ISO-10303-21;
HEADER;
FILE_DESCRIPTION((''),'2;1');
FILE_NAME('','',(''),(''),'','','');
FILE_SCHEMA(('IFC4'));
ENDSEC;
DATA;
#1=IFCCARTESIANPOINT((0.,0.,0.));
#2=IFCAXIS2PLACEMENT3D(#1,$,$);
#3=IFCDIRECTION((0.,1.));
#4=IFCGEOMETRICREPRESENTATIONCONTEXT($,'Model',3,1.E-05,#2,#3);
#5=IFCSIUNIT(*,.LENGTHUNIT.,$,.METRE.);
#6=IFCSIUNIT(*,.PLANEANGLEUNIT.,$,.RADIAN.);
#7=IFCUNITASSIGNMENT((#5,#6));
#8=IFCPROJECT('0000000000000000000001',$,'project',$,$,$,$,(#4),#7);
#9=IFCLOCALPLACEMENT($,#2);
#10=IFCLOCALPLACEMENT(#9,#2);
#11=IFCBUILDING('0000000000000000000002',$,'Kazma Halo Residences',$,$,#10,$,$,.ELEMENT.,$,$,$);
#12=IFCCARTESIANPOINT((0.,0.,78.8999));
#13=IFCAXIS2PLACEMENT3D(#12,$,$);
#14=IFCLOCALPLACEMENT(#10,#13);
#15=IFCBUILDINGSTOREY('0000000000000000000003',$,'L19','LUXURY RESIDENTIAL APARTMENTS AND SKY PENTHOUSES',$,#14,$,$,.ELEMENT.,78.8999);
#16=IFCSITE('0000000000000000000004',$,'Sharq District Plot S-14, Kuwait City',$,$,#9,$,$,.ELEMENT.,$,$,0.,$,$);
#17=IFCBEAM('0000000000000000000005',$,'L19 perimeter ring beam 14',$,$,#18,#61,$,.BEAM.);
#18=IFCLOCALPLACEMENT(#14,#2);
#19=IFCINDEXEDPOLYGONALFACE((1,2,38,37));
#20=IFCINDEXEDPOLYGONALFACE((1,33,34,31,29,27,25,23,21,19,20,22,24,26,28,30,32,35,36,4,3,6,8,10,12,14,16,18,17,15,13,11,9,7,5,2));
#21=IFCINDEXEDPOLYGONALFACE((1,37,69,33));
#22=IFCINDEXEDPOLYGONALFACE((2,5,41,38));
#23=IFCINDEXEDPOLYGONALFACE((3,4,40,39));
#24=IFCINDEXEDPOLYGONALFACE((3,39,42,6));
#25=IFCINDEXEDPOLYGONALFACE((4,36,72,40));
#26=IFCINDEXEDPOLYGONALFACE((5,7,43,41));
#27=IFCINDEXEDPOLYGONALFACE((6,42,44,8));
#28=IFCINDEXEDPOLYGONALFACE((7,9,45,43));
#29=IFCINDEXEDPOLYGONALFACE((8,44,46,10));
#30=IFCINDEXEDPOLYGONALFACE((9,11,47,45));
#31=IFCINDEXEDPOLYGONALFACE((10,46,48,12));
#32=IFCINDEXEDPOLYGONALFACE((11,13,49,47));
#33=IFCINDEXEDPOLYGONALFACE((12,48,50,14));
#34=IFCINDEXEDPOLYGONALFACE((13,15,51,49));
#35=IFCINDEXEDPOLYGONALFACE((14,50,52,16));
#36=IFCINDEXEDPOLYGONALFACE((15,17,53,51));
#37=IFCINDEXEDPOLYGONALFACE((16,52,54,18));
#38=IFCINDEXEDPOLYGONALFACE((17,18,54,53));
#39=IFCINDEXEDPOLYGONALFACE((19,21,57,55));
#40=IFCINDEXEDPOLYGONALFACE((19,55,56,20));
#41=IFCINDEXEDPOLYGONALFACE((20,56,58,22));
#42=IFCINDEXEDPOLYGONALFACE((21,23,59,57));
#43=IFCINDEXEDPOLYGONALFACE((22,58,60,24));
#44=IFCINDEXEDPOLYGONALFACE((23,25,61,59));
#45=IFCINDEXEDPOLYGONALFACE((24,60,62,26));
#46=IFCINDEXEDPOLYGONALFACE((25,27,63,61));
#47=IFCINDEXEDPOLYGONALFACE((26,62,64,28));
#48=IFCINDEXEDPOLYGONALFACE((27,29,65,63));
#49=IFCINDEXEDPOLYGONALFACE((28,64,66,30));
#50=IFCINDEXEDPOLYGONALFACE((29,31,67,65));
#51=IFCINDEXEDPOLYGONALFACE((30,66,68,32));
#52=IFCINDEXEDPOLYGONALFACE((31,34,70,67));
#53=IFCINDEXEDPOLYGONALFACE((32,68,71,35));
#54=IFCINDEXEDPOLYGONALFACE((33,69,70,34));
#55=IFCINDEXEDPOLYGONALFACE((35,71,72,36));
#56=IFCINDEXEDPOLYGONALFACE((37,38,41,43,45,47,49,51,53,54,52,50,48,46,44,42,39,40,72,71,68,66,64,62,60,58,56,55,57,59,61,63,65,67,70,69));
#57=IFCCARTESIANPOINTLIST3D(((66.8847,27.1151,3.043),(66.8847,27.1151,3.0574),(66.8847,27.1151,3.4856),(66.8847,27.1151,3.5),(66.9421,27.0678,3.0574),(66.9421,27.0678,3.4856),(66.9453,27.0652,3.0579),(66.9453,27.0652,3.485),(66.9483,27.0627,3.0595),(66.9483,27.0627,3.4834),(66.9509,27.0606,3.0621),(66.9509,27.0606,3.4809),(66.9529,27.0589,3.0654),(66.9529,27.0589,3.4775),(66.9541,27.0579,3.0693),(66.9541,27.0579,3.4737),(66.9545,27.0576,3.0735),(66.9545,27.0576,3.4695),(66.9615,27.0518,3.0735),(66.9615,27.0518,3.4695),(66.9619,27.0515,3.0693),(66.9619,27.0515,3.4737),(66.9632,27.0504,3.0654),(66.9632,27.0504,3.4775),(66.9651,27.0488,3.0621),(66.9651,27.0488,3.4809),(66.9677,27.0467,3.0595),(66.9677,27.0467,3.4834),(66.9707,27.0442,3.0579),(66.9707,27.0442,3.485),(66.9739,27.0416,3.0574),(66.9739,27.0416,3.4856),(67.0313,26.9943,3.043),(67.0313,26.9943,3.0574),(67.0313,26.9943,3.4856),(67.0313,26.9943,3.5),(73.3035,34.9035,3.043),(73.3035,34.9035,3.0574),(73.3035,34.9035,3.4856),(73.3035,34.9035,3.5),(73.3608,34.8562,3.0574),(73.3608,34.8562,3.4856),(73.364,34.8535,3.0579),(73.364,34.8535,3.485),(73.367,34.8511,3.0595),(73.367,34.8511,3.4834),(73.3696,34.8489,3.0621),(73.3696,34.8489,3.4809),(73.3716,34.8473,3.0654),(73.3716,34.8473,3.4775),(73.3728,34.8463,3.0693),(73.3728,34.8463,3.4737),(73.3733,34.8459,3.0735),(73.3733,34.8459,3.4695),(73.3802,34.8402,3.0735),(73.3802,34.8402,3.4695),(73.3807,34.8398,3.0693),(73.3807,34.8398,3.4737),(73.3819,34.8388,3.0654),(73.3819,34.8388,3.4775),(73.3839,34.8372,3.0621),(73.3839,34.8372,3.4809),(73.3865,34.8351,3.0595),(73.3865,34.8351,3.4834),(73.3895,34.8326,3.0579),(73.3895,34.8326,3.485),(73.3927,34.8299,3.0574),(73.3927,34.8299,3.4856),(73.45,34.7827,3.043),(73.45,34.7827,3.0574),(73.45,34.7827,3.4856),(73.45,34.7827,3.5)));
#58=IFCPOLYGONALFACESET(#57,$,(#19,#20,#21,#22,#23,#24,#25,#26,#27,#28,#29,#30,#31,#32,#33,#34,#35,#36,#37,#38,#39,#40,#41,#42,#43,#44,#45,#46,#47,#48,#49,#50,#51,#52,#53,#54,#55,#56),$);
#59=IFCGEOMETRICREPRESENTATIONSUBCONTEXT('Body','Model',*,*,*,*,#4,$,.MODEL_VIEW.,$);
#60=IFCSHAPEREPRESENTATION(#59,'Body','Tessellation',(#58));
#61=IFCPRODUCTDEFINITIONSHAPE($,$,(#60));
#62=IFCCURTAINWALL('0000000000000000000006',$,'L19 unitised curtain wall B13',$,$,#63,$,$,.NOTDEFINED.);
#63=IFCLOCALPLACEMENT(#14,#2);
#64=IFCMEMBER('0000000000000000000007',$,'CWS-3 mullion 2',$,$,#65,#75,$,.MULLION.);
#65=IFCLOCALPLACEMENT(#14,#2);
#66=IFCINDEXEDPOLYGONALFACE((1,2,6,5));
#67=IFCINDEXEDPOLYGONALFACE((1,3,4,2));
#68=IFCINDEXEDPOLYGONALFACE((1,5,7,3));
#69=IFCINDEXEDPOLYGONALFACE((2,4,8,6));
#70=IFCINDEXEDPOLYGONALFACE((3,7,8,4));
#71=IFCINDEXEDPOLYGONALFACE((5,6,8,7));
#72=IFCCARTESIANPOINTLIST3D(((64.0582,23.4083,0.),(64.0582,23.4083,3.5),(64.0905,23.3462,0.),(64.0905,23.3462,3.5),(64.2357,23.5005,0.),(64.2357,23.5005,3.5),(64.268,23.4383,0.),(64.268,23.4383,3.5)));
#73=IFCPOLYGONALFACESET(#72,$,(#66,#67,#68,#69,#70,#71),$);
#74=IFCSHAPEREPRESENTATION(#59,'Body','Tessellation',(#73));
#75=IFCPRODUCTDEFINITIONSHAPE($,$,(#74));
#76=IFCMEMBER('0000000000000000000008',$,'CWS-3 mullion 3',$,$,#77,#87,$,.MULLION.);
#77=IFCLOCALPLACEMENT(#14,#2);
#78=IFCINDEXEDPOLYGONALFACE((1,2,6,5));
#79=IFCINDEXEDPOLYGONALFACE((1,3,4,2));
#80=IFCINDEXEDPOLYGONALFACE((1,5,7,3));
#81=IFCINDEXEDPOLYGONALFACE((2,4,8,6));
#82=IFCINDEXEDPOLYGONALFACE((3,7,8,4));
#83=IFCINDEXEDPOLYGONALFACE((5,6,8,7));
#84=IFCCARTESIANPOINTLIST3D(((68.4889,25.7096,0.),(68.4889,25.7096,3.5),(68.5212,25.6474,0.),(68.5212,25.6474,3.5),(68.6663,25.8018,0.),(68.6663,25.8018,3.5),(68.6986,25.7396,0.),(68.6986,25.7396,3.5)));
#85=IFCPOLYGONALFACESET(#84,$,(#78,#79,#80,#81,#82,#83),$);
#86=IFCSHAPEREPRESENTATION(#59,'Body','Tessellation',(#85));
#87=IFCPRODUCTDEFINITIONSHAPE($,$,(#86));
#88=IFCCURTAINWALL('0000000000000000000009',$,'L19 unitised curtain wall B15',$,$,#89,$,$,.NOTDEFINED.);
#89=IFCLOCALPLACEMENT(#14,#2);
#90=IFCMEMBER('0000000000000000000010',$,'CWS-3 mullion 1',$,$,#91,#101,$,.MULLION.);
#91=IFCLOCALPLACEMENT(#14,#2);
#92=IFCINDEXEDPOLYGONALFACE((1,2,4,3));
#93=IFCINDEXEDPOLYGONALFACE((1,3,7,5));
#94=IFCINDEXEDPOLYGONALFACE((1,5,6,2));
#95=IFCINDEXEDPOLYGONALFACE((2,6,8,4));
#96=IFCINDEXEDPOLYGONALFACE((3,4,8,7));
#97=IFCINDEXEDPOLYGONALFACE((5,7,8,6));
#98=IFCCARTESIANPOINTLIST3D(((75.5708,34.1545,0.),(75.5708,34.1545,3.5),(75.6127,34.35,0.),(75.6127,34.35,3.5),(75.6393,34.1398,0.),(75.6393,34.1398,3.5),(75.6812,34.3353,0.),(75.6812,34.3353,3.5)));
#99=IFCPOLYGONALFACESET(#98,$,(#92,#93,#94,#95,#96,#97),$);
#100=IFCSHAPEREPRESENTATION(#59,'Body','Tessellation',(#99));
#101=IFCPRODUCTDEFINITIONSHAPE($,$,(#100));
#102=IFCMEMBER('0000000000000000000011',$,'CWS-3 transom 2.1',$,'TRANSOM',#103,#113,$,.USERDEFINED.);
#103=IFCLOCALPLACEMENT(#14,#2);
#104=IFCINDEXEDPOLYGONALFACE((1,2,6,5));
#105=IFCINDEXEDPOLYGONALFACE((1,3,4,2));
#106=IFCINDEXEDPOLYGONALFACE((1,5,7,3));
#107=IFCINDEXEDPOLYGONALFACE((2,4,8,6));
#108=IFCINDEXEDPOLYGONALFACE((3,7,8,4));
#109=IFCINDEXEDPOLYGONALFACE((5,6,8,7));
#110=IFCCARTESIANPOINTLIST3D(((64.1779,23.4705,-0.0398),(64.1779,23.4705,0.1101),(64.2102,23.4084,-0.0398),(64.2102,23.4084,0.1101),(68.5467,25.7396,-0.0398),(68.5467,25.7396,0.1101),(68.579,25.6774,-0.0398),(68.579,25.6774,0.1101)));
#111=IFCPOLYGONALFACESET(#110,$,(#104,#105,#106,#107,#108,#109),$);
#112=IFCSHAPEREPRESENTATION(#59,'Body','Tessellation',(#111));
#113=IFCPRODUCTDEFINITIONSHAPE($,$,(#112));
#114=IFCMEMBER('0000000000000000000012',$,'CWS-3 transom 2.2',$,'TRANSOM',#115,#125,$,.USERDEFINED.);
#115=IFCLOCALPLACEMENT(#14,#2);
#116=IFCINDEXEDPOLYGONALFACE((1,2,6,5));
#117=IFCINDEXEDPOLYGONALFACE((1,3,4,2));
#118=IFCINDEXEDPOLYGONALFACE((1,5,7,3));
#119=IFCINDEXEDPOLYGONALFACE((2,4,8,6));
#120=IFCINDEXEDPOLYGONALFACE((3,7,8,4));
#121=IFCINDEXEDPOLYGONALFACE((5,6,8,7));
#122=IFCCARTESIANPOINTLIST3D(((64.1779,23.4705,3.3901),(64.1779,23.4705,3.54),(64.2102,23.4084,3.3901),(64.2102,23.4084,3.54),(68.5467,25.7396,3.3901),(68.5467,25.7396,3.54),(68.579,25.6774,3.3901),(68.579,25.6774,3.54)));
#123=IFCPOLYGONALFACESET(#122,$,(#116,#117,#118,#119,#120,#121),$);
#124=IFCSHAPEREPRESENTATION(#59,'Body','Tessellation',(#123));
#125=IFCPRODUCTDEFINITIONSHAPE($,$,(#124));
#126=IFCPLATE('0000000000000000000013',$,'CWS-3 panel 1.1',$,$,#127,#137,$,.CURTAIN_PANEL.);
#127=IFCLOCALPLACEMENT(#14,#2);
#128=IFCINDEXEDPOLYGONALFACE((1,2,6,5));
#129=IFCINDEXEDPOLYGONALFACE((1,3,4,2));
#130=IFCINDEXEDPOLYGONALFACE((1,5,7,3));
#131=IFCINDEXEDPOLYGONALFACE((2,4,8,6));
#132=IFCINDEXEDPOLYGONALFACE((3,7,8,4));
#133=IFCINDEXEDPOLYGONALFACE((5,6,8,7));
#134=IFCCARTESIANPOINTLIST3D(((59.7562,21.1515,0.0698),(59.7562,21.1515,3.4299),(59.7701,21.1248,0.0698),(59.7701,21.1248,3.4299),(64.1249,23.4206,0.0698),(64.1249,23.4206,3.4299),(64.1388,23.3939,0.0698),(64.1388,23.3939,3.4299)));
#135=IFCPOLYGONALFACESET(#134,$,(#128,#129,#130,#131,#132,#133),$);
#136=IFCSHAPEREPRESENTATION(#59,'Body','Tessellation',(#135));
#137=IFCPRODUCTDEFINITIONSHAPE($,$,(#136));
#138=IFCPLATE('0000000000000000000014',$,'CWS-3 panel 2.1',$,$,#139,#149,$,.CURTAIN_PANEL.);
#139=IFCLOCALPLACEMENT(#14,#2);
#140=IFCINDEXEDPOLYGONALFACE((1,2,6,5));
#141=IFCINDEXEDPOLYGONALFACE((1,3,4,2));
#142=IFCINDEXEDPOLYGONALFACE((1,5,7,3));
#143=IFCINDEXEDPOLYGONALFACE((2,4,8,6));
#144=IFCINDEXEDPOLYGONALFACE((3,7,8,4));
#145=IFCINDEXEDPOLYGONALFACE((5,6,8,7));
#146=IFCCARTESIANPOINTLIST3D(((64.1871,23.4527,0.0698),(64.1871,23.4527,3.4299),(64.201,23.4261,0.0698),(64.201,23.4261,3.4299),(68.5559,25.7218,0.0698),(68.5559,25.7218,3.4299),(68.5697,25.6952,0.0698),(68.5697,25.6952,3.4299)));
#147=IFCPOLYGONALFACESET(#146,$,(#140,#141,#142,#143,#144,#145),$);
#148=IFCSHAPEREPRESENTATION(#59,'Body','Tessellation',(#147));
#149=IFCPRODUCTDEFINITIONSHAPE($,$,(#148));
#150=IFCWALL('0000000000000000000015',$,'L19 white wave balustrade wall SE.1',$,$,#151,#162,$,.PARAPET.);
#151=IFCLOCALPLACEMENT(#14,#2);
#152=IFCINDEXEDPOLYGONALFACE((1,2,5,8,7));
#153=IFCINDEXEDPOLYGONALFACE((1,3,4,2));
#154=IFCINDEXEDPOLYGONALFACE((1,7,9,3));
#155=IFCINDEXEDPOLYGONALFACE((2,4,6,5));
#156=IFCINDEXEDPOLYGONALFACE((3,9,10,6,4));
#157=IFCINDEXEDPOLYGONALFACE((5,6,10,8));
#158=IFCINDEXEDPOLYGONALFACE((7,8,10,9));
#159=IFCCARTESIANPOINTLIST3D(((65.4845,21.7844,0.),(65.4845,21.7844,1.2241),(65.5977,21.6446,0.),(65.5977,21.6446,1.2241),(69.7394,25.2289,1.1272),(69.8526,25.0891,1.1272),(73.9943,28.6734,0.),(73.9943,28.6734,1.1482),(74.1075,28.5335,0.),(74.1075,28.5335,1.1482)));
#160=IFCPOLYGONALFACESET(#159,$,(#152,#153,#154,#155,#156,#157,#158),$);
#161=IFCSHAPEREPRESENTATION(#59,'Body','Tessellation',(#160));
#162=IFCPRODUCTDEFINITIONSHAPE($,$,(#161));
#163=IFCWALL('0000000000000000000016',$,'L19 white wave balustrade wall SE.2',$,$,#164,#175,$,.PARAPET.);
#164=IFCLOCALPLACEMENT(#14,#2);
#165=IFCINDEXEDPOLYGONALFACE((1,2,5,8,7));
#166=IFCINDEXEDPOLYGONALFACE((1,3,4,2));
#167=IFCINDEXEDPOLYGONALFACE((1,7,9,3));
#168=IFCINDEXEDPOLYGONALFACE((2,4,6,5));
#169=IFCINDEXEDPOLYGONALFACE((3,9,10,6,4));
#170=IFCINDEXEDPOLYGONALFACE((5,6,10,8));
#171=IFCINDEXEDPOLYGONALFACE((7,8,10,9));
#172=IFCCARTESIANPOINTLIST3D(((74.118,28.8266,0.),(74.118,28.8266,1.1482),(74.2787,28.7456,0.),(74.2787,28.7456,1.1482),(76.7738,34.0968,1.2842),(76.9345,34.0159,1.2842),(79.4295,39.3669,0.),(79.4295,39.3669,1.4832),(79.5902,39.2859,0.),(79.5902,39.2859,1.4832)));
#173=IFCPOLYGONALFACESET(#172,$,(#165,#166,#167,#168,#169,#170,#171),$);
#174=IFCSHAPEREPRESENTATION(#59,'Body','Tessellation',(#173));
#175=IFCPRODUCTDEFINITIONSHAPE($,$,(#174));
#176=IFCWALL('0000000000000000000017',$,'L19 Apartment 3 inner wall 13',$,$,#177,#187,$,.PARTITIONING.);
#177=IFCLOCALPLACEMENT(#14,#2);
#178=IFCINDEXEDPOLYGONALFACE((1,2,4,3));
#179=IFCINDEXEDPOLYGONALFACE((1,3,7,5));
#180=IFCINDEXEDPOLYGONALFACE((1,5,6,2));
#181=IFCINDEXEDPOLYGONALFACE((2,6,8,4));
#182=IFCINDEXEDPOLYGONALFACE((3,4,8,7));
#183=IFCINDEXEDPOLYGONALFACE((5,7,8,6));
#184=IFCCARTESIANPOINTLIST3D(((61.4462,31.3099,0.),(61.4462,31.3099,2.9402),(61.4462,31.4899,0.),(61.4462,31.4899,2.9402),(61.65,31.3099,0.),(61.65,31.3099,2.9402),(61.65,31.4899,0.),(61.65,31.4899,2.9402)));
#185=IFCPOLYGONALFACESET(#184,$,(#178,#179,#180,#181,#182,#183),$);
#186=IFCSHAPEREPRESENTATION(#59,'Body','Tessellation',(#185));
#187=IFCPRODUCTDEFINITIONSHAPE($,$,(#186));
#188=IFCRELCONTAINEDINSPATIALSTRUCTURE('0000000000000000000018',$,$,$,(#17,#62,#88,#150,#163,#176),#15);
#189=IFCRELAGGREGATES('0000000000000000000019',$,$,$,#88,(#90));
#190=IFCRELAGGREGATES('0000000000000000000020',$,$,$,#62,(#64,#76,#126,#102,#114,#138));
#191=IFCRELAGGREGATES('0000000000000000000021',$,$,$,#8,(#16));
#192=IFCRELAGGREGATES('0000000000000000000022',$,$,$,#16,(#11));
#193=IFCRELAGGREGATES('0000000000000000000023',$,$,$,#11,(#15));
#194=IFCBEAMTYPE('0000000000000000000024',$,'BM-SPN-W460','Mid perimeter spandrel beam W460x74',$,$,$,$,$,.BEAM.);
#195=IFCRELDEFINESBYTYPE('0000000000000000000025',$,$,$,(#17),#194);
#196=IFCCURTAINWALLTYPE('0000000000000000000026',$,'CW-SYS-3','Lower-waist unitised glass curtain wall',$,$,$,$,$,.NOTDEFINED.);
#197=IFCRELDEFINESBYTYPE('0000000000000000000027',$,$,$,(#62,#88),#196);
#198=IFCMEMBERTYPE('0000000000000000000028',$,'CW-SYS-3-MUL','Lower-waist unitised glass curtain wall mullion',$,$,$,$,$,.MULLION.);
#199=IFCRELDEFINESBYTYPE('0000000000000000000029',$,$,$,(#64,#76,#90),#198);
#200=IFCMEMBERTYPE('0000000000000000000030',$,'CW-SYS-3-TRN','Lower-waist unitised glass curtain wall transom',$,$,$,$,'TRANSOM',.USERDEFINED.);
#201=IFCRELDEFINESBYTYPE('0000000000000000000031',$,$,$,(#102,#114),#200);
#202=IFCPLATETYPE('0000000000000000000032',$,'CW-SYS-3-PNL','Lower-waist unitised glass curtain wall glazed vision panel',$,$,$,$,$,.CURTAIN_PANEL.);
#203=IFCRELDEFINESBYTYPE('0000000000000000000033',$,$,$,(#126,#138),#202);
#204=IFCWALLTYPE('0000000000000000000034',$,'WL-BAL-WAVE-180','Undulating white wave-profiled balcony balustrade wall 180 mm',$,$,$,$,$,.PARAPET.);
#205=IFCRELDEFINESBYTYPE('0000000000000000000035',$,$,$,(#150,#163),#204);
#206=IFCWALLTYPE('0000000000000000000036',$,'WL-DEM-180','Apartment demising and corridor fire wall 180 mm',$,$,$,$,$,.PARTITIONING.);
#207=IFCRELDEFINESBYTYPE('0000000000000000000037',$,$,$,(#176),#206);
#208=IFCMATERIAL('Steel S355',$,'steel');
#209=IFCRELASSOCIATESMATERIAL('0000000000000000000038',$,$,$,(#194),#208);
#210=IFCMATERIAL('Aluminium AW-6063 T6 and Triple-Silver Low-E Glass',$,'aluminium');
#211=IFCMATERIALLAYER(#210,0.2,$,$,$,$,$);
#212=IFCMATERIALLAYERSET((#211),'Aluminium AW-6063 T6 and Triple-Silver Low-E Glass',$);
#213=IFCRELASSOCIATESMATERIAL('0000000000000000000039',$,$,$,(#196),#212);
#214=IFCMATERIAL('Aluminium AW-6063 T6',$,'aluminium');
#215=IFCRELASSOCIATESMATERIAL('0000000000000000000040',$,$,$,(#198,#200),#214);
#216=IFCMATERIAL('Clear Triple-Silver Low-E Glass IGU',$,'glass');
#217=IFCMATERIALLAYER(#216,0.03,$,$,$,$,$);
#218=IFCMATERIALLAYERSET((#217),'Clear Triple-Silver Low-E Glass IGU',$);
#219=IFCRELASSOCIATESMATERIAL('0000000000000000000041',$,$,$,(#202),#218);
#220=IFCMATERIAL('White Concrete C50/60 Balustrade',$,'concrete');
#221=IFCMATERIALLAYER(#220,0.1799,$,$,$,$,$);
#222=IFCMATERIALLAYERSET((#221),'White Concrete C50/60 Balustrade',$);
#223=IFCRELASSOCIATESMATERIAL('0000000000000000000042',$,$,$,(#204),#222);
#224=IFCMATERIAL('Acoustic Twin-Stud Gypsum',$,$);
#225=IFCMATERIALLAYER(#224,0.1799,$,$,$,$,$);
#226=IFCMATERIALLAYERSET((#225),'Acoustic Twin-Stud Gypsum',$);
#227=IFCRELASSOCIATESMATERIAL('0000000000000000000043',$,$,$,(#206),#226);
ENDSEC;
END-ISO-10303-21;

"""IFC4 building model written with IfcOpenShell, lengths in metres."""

from ifc_helpers import new_model, si_unit, direction, frame, frame_2d, origin, origin_2d, place, context, subcontext, project, spatial, polyline, rectangle, i_section, outline, extrude, material, layer, layer_set, material_profile, profile_set, type_object, element, aggregate, save


model = new_model("IFC4")

# Units and contexts
model_context = context("Model", 3, precision=1e-05, world=origin(), true_north=direction((0.0, 1.0)))
body_context = subcontext(model_context, "Body", "Model", "MODEL_VIEW")
ifc_project = project(units=[si_unit("LENGTHUNIT", "METRE"), si_unit("PLANEANGLEUNIT", "RADIAN")], contexts=[model_context])

# Site, building, storey
site_placement = place(None, origin())
site = spatial("IfcSite", under=ifc_project, at=site_placement, Name="Sharq District Plot S-14, Kuwait City", CompositionType="ELEMENT", RefElevation=0.0)
building_placement = place(site_placement, origin())
building = spatial("IfcBuilding", under=site, at=building_placement, Name="Kazma Halo Residences", CompositionType="ELEMENT")
storey_placement = place(building_placement, frame((0.0, 0.0, 78.8999)))
storey = spatial("IfcBuildingStorey", under=building, at=storey_placement, Name="L19", Description="LUXURY RESIDENTIAL APARTMENTS AND SKY PENTHOUSES", CompositionType="ELEMENT", Elevation=78.8999)

# Beam
ifc_material_1 = material(Name="Steel S355", Category="steel")
ifc_material_profile_1 = material_profile(ifc_material_1, i_section(OverallWidth=0.1899, OverallDepth=0.457, WebThickness=0.009, FlangeThickness=0.0144, FilletRadius=0.0161, at=origin_2d()), Name="W460x74")
ifc_profile_set_1 = profile_set([ifc_material_profile_1], Name="Steel S355")
beam_type_1 = type_object("IfcBeamType", Name="BM-SPN-W460", Description="Mid perimeter spandrel beam W460x74", PredefinedType="BEAM", material=ifc_profile_set_1)
beam_1_placement = place(storey_placement, frame((66.958, 27.0547, 3.2715), z_axis=(0.63599, 0.771698, 0.0), x_axis=(-0.771698, 0.63599, 0.0)))
element("IfcBeam", 1, at=beam_1_placement, inside=storey, type_object=beam_type_1, Name="L19 perimeter ring beam 14", PredefinedType="BEAM", context=body_context, shape_type="SweptSolid", body=[
    extrude(i_section(OverallWidth=0.1899, OverallDepth=0.457, WebThickness=0.009, FlangeThickness=0.0144, FilletRadius=0.0161, at=origin_2d()), origin(), (0.0, 0.0, 1.0), 10.0925),
])

# Curtain wall, members
ifc_material_2 = material(Name="Aluminium AW-6063 T6 and Triple-Silver Low-E Glass", Category="aluminium")
ifc_layer_1 = layer(ifc_material_2, 0.2)
ifc_layer_set_1 = layer_set([ifc_layer_1], Name="Aluminium AW-6063 T6 and Triple-Silver Low-E Glass")
curtain_wall_type = type_object("IfcCurtainWallType", Name="CW-SYS-3", Description="Lower-waist unitised glass curtain wall", PredefinedType="NOTDEFINED", material=ifc_layer_set_1)
curtain_wall_1_placement = place(storey_placement, origin())
curtain_wall_1 = element("IfcCurtainWall", 2, at=curtain_wall_1_placement, inside=storey, type_object=curtain_wall_type, Name="L19 unitised curtain wall B13", PredefinedType="NOTDEFINED")
ifc_material_3 = material(Name="Aluminium AW-6063 T6", Category="aluminium")
ifc_material_profile_2 = material_profile(ifc_material_3, rectangle(XDim=0.0701, YDim=0.2, at=origin_2d()), Name="CWM-70x200")
ifc_profile_set_2 = profile_set([ifc_material_profile_2], Name="Aluminium AW-6063 T6")
member_type_1 = type_object("IfcMemberType", Name="CW-SYS-3-MUL", Description="Lower-waist unitised glass curtain wall mullion", PredefinedType="MULLION", material=ifc_profile_set_2)
member_1_placement = place(storey_placement, frame((64.1631, 23.4233, 0.0), z_axis=(0.0, 0.0, 1.0), x_axis=(-0.460932, 0.887435, 0.0)))
member_1 = element("IfcMember", 3, at=member_1_placement, type_object=member_type_1, Name="CWS-3 mullion 2", PredefinedType="MULLION", context=body_context, shape_type="SweptSolid", body=[
    extrude(rectangle(XDim=0.0701, YDim=0.2, at=origin_2d()), origin(), (0.0, 0.0, 1.0), 3.5),
])
member_2_placement = place(storey_placement, frame((68.5938, 25.7246, 0.0), z_axis=(0.0, 0.0, 1.0), x_axis=(-0.460932, 0.887435, 0.0)))
member_2 = element("IfcMember", 4, at=member_2_placement, type_object=member_type_1, Name="CWS-3 mullion 3", PredefinedType="MULLION", context=body_context, shape_type="SweptSolid", body=[
    extrude(rectangle(XDim=0.0701, YDim=0.2, at=origin_2d()), origin(), (0.0, 0.0, 1.0), 3.5),
])

# Curtain wall, member
curtain_wall_2_placement = place(storey_placement, origin())
curtain_wall_2 = element("IfcCurtainWall", 5, at=curtain_wall_2_placement, inside=storey, type_object=curtain_wall_type, Name="L19 unitised curtain wall B15", PredefinedType="NOTDEFINED")
member_3_placement = place(storey_placement, frame((75.626, 34.2449, 0.0), z_axis=(0.0, 0.0, 1.0), x_axis=(-0.977774, 0.209661, 0.0)))
member_3 = element("IfcMember", 6, at=member_3_placement, type_object=member_type_1, Name="CWS-3 mullion 1", PredefinedType="MULLION", context=body_context, shape_type="SweptSolid", body=[
    extrude(rectangle(XDim=0.0701, YDim=0.2, at=origin_2d()), origin(), (0.0, 0.0, 1.0), 3.5),
])
aggregate(curtain_wall_2, [member_3])

# Members
ifc_material_profile_3 = material_profile(ifc_material_3, rectangle(XDim=0.0701, YDim=0.1499, at=origin_2d()), Name="CWT-70x150")
ifc_profile_set_3 = profile_set([ifc_material_profile_3], Name="Aluminium AW-6063 T6")
member_type_2 = type_object("IfcMemberType", Name="CW-SYS-3-TRN", Description="Lower-waist unitised glass curtain wall transom", ElementType="TRANSOM", PredefinedType="USERDEFINED", material=ifc_profile_set_3)
member_4_placement = place(storey_placement, frame((64.1941, 23.4395, 0.0352), z_axis=(0.887438, 0.460928, 0.0), x_axis=(-0.460928, 0.887438, 0.0)))
member_4 = element("IfcMember", 7, at=member_4_placement, type_object=member_type_2, Name="CWS-3 transom 2.1", ObjectType="TRANSOM", PredefinedType="USERDEFINED", context=body_context, shape_type="SweptSolid", body=[
    extrude(rectangle(XDim=0.0701, YDim=0.1499, at=origin_2d()), origin(), (0.0, 0.0, 1.0), 4.9229),
])
member_5_placement = place(storey_placement, frame((64.1941, 23.4395, 3.4651), z_axis=(0.887438, 0.460928, 0.0), x_axis=(-0.460928, 0.887438, 0.0)))
member_5 = element("IfcMember", 8, at=member_5_placement, type_object=member_type_2, Name="CWS-3 transom 2.2", ObjectType="TRANSOM", PredefinedType="USERDEFINED", context=body_context, shape_type="SweptSolid", body=[
    extrude(rectangle(XDim=0.0701, YDim=0.1499, at=origin_2d()), origin(), (0.0, 0.0, 1.0), 4.9229),
])

# Plates
ifc_material_4 = material(Name="Clear Triple-Silver Low-E Glass IGU", Category="glass")
ifc_layer_2 = layer(ifc_material_4, 0.03)
ifc_layer_set_2 = layer_set([ifc_layer_2], Name="Clear Triple-Silver Low-E Glass IGU")
plate_type = type_object("IfcPlateType", Name="CW-SYS-3-PNL", Description="Lower-waist unitised glass curtain wall glazed vision panel", PredefinedType="CURTAIN_PANEL", material=ifc_layer_set_2)
plate_1_placement = place(storey_placement, frame((61.9475, 22.2727, 0.0698), z_axis=(0.0, 0.0, 1.0), x_axis=(0.887435, 0.460932, 0.0)))
plate_1 = element("IfcPlate", 9, at=plate_1_placement, type_object=plate_type, Name="CWS-3 panel 1.1", PredefinedType="CURTAIN_PANEL", context=body_context, shape_type="SweptSolid", body=[
    extrude(rectangle(XDim=4.9229, YDim=0.03, at=origin_2d()), origin(), (0.0, 0.0, 1.0), 3.3601),
])
plate_2_placement = place(storey_placement, frame((66.3784, 24.574, 0.0698), z_axis=(0.0, 0.0, 1.0), x_axis=(0.887435, 0.460932, 0.0)))
plate_2 = element("IfcPlate", 10, at=plate_2_placement, type_object=plate_type, Name="CWS-3 panel 2.1", PredefinedType="CURTAIN_PANEL", context=body_context, shape_type="SweptSolid", body=[
    extrude(rectangle(XDim=4.9229, YDim=0.03, at=origin_2d()), origin(), (0.0, 0.0, 1.0), 3.3601),
])
aggregate(curtain_wall_1, [member_1, member_2, plate_1, member_4, member_5, plate_2])

# Walls
ifc_material_5 = material(Name="White Concrete C50/60 Balustrade", Category="concrete")
ifc_layer_3 = layer(ifc_material_5, 0.1799)
ifc_layer_set_3 = layer_set([ifc_layer_3], Name="White Concrete C50/60 Balustrade")
wall_type_1 = type_object("IfcWallType", Name="WL-BAL-WAVE-180", Description="Undulating white wave-profiled balcony balustrade wall 180 mm", PredefinedType="PARAPET", material=ifc_layer_set_3)
wall_1_placement = place(storey_placement, frame((65.541, 21.7146, 0.0), z_axis=(0.0, 0.0, 1.0), x_axis=(0.777242, 0.629201, 0.0)))
element("IfcWall", 11, at=wall_1_placement, inside=storey, type_object=wall_type_1, Name="L19 white wave balustrade wall SE.1", PredefinedType="PARAPET", context=body_context, shape_type="SweptSolid", body=[
    extrude(outline(polyline([(0.0, 0.0), (10.9487, 0.0), (10.9487, 1.1482), (5.4744, 1.1272), (0.0, 1.2241), (0.0, 0.0)])), frame((0.0, 0.0898, 0.0), z_axis=(0.0, -1.0, 0.0), x_axis=(1.0, 0.0, 0.0)), (0.0, 0.0, 1.0), 0.1799),
])
wall_2_placement = place(storey_placement, frame((74.1982, 28.7861, 0.0), z_axis=(0.0, 0.0, 1.0), x_axis=(0.450016, 0.89302, 0.0)))
element("IfcWall", 12, at=wall_2_placement, inside=storey, type_object=wall_type_1, Name="L19 white wave balustrade wall SE.2", PredefinedType="PARAPET", context=body_context, shape_type="SweptSolid", body=[
    extrude(outline(polyline([(0.0, 0.0), (11.803, 0.0), (11.803, 1.4832), (5.9016, 1.2842), (0.0, 1.1482), (0.0, 0.0)])), frame((0.0, 0.0898, 0.0), z_axis=(0.0, -1.0, 0.0), x_axis=(1.0, 0.0, 0.0)), (0.0, 0.0, 1.0), 0.1799),
])
ifc_material_6 = material(Name="Acoustic Twin-Stud Gypsum")
ifc_layer_4 = layer(ifc_material_6, 0.1799)
ifc_layer_set_4 = layer_set([ifc_layer_4], Name="Acoustic Twin-Stud Gypsum")
wall_type_2 = type_object("IfcWallType", Name="WL-DEM-180", Description="Apartment demising and corridor fire wall 180 mm", PredefinedType="PARTITIONING", material=ifc_layer_set_4)
wall_3_placement = place(storey_placement, frame((61.446, 31.3999, 0.0), z_axis=(0.0, 0.0, 1.0), x_axis=(1.0, 0.0, 0.0)))
element("IfcWall", 13, at=wall_3_placement, inside=storey, type_object=wall_type_2, Name="L19 Apartment 3 inner wall 13", PredefinedType="PARTITIONING", context=body_context, shape_type="SweptSolid", body=[
    extrude(rectangle(XDim=0.2039, YDim=0.1799, at=frame_2d((0.1021, 0.0))), origin(), (0.0, 0.0, 1.0), 2.9402),
])

save(model, "model.ifc")
